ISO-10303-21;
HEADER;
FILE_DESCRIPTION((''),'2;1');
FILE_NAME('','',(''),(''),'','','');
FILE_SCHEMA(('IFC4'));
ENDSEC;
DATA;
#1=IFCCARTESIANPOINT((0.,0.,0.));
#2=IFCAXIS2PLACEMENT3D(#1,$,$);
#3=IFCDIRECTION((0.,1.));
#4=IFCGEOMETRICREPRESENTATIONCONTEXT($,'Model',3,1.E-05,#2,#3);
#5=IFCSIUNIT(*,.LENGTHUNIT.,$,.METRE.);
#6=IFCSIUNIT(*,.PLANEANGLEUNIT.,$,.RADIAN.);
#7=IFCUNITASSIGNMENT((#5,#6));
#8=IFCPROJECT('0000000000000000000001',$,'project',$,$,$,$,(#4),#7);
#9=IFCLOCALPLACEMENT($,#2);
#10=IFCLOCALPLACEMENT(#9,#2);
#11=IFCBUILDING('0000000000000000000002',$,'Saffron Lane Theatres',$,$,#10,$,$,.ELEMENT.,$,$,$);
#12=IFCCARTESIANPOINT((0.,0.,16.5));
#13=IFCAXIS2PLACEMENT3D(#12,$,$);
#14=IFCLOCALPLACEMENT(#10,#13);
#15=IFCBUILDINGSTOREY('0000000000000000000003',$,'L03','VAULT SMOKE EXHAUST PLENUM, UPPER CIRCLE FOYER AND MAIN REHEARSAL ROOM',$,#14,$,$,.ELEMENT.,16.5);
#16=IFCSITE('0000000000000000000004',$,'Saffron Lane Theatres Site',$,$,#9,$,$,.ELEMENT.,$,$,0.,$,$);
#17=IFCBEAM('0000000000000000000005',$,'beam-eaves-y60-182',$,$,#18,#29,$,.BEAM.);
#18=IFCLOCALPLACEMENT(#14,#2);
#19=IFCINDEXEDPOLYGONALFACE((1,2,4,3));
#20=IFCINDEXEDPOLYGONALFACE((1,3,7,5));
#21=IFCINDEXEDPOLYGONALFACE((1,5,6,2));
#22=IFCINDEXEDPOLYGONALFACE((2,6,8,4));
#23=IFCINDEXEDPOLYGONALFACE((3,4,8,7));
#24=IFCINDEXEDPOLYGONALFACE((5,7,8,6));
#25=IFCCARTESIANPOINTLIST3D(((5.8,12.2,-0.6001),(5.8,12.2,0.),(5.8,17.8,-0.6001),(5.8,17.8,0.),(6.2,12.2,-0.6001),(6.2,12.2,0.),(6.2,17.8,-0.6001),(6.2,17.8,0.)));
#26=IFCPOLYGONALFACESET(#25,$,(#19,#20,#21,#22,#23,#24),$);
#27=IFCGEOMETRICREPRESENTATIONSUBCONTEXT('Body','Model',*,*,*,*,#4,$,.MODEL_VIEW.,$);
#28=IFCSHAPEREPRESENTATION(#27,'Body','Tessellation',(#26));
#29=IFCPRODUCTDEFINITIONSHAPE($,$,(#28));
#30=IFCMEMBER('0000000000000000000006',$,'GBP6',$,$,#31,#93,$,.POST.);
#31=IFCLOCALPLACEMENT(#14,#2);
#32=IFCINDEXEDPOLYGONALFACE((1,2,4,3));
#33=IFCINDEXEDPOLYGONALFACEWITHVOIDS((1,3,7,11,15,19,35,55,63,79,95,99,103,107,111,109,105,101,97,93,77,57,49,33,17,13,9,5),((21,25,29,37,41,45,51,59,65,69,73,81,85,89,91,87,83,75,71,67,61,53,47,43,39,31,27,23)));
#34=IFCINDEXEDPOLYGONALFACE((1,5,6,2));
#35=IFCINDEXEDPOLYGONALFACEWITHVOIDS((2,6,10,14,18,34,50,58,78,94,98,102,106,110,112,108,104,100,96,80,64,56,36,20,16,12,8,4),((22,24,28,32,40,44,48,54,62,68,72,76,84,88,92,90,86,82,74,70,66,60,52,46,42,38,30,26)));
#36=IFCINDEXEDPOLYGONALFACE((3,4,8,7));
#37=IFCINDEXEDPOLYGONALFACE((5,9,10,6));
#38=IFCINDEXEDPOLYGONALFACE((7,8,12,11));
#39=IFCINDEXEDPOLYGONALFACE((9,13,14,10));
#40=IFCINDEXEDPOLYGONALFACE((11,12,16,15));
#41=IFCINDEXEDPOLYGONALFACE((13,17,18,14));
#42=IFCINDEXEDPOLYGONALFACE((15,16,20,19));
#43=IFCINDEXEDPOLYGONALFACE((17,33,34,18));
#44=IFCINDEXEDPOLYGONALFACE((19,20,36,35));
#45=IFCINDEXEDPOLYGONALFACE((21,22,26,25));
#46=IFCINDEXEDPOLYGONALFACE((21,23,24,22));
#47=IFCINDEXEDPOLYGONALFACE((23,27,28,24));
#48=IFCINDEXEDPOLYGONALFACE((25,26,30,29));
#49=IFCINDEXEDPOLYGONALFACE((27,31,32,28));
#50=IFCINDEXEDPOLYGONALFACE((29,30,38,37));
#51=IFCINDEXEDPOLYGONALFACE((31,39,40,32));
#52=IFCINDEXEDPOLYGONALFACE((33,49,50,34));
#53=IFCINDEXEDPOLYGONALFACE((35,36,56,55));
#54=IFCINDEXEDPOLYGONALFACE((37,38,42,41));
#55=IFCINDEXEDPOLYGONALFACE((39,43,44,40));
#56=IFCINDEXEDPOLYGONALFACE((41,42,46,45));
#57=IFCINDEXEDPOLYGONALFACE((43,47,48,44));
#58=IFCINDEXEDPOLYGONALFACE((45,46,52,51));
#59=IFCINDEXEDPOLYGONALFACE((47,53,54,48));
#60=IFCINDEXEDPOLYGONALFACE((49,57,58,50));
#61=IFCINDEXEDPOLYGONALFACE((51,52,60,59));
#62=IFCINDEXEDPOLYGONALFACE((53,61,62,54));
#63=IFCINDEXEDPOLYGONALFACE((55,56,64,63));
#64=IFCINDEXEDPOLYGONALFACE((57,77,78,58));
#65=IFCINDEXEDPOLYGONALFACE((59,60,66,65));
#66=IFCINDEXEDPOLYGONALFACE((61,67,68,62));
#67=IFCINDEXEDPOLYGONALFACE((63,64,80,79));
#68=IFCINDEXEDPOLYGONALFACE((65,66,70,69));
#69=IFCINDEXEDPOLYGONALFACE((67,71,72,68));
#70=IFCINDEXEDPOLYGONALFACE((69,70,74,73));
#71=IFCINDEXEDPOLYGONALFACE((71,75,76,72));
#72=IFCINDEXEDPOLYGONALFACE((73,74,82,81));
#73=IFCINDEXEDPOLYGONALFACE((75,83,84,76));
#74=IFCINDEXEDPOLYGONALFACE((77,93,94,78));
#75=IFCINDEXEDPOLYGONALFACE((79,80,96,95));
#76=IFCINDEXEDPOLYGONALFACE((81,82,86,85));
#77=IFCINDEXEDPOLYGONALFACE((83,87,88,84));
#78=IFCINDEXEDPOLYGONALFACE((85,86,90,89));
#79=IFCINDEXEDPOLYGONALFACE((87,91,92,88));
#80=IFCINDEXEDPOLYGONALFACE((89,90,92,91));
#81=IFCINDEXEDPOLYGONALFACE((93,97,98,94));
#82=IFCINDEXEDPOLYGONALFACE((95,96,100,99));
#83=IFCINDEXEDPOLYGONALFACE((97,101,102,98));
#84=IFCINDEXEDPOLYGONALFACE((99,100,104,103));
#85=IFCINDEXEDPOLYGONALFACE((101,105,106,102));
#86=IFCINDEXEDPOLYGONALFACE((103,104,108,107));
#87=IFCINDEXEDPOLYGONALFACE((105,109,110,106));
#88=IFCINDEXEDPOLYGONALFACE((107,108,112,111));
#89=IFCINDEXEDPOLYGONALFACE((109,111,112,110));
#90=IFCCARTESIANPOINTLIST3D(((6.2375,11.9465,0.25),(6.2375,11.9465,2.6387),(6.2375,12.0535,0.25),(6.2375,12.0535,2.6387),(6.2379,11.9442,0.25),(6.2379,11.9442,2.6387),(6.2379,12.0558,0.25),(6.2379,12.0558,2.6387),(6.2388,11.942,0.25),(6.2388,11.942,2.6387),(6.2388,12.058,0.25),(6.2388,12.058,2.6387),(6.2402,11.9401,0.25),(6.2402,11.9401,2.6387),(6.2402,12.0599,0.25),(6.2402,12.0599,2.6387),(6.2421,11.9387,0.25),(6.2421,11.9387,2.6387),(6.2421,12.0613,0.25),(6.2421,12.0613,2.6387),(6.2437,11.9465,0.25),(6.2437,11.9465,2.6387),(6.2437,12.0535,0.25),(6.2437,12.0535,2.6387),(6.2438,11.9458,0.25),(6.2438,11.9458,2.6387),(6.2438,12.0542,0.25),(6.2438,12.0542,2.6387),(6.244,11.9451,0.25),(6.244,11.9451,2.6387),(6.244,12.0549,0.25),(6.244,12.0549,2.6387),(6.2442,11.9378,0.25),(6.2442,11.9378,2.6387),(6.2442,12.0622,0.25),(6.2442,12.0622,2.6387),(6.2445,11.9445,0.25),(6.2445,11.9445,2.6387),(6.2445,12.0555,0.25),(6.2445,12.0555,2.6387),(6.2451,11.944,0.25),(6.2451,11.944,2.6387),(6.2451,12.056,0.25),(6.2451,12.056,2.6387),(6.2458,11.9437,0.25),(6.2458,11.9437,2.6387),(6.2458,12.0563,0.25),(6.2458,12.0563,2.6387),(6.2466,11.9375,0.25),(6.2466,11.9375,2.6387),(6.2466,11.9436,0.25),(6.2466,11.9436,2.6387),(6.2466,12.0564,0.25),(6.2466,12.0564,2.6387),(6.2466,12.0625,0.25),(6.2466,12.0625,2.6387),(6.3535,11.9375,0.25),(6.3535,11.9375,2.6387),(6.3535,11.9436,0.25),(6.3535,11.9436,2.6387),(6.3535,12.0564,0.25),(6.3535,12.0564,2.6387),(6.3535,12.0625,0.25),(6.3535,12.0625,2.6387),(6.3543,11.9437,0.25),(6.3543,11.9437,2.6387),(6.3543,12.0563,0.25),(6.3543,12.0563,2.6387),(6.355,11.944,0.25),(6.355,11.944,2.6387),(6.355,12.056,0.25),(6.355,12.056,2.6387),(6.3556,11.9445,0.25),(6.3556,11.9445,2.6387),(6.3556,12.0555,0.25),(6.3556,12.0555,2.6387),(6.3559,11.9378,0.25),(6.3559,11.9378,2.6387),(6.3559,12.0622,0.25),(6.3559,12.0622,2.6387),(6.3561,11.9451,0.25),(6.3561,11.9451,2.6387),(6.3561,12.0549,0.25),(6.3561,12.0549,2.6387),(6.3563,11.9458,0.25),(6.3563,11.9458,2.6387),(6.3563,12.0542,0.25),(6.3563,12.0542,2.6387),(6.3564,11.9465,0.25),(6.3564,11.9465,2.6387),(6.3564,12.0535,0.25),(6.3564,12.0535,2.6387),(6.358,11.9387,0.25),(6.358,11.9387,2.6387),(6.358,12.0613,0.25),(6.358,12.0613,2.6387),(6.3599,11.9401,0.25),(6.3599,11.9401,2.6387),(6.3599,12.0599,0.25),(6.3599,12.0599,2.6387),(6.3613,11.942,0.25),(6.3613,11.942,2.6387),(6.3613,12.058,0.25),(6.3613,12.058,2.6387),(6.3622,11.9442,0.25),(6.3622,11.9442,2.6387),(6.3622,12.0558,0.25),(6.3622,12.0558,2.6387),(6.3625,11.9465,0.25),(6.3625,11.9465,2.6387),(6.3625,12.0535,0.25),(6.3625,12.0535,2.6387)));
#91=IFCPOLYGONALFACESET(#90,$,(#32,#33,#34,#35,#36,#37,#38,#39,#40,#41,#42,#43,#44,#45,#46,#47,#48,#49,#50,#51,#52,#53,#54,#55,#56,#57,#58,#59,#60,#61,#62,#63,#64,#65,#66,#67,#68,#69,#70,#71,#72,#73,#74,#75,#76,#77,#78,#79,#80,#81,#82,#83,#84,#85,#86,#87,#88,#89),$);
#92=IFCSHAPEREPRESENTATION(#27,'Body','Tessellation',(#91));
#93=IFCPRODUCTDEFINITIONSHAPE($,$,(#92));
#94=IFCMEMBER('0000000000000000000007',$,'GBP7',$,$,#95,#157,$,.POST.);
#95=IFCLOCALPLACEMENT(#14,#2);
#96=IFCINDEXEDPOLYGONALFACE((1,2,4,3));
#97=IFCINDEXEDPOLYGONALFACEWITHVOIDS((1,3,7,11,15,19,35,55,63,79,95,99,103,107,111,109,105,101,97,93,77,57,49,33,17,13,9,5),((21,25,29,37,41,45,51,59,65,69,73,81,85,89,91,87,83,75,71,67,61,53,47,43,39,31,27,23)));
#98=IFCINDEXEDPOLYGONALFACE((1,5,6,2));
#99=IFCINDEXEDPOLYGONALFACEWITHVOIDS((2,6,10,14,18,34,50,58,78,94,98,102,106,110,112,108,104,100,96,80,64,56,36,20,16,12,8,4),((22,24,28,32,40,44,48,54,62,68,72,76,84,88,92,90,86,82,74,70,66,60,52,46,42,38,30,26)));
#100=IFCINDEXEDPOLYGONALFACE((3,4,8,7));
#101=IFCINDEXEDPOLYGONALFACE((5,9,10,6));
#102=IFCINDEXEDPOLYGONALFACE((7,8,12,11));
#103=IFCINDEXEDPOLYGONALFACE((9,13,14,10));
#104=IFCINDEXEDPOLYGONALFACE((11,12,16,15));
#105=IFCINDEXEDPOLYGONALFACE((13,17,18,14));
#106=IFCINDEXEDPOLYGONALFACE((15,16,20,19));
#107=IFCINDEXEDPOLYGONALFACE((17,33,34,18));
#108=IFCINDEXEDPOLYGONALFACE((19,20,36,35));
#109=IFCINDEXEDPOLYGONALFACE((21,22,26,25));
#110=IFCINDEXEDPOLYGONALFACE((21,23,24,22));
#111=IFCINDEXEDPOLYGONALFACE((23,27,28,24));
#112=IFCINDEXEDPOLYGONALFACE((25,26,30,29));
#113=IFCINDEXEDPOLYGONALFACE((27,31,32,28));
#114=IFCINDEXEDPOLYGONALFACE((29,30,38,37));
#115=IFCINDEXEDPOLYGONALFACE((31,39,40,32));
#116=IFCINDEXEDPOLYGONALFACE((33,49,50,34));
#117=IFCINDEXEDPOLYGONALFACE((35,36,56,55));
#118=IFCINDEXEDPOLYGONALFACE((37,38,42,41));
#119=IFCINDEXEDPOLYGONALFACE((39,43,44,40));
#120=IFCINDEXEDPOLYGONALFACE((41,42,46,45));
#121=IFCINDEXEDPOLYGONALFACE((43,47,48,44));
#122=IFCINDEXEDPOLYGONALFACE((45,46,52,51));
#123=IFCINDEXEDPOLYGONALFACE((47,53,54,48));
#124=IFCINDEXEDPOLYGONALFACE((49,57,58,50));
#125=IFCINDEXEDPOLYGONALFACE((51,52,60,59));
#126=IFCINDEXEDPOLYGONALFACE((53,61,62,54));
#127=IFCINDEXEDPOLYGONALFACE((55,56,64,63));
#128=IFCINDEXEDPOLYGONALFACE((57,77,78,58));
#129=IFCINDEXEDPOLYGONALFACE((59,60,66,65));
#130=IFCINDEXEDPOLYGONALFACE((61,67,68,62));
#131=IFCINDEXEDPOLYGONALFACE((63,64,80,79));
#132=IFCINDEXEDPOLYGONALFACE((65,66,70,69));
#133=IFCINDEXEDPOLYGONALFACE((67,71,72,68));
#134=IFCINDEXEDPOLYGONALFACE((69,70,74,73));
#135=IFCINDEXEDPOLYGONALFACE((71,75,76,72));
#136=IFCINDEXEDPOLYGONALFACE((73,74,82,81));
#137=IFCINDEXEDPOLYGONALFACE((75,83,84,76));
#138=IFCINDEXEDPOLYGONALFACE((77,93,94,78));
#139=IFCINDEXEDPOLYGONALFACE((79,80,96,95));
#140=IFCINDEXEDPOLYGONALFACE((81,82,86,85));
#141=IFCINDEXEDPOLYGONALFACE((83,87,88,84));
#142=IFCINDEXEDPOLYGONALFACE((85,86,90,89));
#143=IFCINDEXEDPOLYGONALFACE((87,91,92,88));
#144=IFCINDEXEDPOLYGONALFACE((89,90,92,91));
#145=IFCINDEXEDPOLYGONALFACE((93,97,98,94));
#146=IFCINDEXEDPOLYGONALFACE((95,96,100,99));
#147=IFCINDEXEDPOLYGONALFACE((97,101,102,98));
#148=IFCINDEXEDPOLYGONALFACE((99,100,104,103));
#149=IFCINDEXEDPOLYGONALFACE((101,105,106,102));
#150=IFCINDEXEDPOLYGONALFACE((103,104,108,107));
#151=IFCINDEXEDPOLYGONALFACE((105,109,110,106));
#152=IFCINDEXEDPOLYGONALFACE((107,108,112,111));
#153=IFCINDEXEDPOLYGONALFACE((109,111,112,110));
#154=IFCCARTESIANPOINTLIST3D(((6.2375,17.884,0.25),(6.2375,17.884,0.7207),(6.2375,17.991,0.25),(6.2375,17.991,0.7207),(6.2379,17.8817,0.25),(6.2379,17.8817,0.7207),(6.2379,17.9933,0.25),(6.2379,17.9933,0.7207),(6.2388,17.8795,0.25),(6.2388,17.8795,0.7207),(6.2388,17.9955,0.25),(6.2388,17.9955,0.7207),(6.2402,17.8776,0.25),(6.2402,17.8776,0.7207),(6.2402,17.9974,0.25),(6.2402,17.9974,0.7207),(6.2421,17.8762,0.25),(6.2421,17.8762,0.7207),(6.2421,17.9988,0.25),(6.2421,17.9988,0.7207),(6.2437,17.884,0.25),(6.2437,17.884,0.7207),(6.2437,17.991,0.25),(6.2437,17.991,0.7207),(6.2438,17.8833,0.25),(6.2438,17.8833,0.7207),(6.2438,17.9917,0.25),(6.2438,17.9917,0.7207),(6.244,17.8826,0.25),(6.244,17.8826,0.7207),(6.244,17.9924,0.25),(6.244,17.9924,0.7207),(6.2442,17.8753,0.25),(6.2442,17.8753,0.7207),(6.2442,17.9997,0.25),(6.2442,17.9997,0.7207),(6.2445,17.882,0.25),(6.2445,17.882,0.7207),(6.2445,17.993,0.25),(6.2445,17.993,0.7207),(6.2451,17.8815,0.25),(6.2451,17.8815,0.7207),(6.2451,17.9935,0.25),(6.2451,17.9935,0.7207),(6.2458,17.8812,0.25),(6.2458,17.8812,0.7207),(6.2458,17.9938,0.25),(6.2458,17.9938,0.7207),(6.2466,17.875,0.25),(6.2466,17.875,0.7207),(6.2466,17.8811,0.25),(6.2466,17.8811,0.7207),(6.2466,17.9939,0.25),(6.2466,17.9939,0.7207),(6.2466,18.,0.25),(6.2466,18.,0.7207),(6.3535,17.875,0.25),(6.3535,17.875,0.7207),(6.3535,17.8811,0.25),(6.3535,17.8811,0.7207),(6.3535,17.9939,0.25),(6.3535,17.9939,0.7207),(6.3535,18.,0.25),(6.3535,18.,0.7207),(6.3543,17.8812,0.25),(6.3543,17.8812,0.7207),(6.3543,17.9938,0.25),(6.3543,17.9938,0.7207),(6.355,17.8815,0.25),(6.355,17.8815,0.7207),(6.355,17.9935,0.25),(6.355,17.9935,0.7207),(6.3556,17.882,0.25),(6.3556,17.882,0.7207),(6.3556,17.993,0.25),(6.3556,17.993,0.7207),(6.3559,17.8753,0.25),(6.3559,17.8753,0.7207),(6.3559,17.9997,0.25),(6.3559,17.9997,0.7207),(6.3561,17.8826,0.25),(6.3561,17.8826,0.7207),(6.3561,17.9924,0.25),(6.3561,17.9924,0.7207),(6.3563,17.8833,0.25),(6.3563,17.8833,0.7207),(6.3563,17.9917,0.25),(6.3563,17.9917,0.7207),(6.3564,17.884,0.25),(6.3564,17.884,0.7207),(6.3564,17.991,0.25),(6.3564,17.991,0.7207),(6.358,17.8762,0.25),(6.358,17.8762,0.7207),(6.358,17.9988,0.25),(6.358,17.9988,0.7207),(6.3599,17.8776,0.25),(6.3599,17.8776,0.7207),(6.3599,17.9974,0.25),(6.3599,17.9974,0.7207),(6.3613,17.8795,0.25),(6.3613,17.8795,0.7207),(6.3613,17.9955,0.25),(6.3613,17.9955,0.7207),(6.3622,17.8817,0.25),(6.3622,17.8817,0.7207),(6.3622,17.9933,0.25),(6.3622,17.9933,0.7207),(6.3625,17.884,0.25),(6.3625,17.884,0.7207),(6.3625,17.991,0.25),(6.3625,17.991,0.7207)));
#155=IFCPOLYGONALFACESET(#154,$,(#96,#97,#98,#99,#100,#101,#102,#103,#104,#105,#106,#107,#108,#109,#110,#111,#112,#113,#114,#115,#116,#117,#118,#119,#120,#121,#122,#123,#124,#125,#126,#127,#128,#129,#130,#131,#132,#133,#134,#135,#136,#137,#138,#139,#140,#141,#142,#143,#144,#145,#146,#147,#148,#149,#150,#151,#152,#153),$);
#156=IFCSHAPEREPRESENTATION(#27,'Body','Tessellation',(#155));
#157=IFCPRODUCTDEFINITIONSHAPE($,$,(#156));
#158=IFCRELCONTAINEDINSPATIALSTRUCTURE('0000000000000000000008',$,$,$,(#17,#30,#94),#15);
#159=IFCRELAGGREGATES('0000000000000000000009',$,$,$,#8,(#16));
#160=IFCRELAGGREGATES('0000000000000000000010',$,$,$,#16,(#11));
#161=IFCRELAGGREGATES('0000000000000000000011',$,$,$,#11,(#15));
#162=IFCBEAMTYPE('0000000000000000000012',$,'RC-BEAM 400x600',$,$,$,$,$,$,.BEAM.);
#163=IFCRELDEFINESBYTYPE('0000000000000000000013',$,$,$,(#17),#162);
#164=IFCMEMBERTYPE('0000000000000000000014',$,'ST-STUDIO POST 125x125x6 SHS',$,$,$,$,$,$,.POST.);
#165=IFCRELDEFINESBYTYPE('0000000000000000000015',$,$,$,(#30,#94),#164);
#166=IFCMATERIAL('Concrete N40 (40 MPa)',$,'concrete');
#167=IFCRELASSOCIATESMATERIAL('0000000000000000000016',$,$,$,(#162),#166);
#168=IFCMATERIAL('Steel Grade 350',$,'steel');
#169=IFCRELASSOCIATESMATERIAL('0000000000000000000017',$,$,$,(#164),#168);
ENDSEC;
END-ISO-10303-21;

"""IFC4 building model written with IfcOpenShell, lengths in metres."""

from ifc_helpers import new_model, si_unit, direction, frame, origin, origin_2d, place, context, subcontext, project, spatial, rectangle, hollow_rectangle, extrude, material, material_profile, profile_set, type_object, element, save


model = new_model("IFC4")

# Units and contexts
model_context = context("Model", 3, precision=1e-05, world=origin(), true_north=direction((0.0, 1.0)))
body_context = subcontext(model_context, "Body", "Model", "MODEL_VIEW")
ifc_project = project(units=[si_unit("LENGTHUNIT", "METRE"), si_unit("PLANEANGLEUNIT", "RADIAN")], contexts=[model_context])

# Site, building, storey
site_placement = place(None, origin())
site = spatial("IfcSite", under=ifc_project, at=site_placement, Name="Saffron Lane Theatres Site", CompositionType="ELEMENT", RefElevation=0.0)
building_placement = place(site_placement, origin())
building = spatial("IfcBuilding", under=site, at=building_placement, Name="Saffron Lane Theatres", CompositionType="ELEMENT")
storey_placement = place(building_placement, frame((0.0, 0.0, 16.5)))
storey = spatial("IfcBuildingStorey", under=building, at=storey_placement, Name="L03", Description="VAULT SMOKE EXHAUST PLENUM, UPPER CIRCLE FOYER AND MAIN REHEARSAL ROOM", CompositionType="ELEMENT", Elevation=16.5)

# Beam
ifc_material_1 = material(Name="Concrete N40 (40 MPa)", Category="concrete")
ifc_material_profile_1 = material_profile(ifc_material_1, rectangle(XDim=0.3999, YDim=0.6001, at=origin_2d()))
ifc_profile_set_1 = profile_set([ifc_material_profile_1], Name="Concrete N40 (40 MPa)")
beam_type = type_object("IfcBeamType", Name="RC-BEAM 400x600", PredefinedType="BEAM", material=ifc_profile_set_1)
beam_placement = place(storey_placement, frame((6.0, 12.2, -0.3), z_axis=(0.0, 1.0, 0.0), x_axis=(-1.0, 0.0, 0.0)))
element("IfcBeam", 1, at=beam_placement, inside=storey, type_object=beam_type, Name="beam-eaves-y60-182", PredefinedType="BEAM", context=body_context, shape_type="SweptSolid", body=[
    extrude(rectangle(XDim=0.3999, YDim=0.6001, at=origin_2d()), origin(), (0.0, 0.0, 1.0), 5.6001),
])

# Members
ifc_material_2 = material(Name="Steel Grade 350", Category="steel")
ifc_material_profile_2 = material_profile(ifc_material_2, hollow_rectangle(XDim=0.125, YDim=0.125, WallThickness=0.0061, InnerFilletRadius=0.0029, OuterFilletRadius=0.009, at=origin_2d()))
ifc_profile_set_2 = profile_set([ifc_material_profile_2], Name="Steel Grade 350")
member_type_1 = type_object("IfcMemberType", Name="ST-STUDIO POST 125x125x6 SHS", PredefinedType="POST", material=ifc_profile_set_2)
member_1_placement = place(storey_placement, frame((6.3, 12.0, 0.25), z_axis=(0.0, 0.0, 1.0), x_axis=(1.0, 0.0, 0.0)))
element("IfcMember", 2, at=member_1_placement, inside=storey, type_object=member_type_1, Name="GBP6", PredefinedType="POST", context=body_context, shape_type="SweptSolid", body=[
    extrude(hollow_rectangle(XDim=0.125, YDim=0.125, WallThickness=0.0061, InnerFilletRadius=0.0029, OuterFilletRadius=0.009, at=origin_2d()), origin(), (0.0, 0.0, 1.0), 2.3887),
])
member_2_placement = place(storey_placement, frame((6.3, 17.9375, 0.25), z_axis=(0.0, 0.0, 1.0), x_axis=(1.0, 0.0, 0.0)))
element("IfcMember", 3, at=member_2_placement, inside=storey, type_object=member_type_1, Name="GBP7", PredefinedType="POST", context=body_context, shape_type="SweptSolid", body=[
    extrude(hollow_rectangle(XDim=0.125, YDim=0.125, WallThickness=0.0061, InnerFilletRadius=0.0029, OuterFilletRadius=0.009, at=origin_2d()), origin(), (0.0, 0.0, 1.0), 0.4707),
])

save(model, "model.ifc")
